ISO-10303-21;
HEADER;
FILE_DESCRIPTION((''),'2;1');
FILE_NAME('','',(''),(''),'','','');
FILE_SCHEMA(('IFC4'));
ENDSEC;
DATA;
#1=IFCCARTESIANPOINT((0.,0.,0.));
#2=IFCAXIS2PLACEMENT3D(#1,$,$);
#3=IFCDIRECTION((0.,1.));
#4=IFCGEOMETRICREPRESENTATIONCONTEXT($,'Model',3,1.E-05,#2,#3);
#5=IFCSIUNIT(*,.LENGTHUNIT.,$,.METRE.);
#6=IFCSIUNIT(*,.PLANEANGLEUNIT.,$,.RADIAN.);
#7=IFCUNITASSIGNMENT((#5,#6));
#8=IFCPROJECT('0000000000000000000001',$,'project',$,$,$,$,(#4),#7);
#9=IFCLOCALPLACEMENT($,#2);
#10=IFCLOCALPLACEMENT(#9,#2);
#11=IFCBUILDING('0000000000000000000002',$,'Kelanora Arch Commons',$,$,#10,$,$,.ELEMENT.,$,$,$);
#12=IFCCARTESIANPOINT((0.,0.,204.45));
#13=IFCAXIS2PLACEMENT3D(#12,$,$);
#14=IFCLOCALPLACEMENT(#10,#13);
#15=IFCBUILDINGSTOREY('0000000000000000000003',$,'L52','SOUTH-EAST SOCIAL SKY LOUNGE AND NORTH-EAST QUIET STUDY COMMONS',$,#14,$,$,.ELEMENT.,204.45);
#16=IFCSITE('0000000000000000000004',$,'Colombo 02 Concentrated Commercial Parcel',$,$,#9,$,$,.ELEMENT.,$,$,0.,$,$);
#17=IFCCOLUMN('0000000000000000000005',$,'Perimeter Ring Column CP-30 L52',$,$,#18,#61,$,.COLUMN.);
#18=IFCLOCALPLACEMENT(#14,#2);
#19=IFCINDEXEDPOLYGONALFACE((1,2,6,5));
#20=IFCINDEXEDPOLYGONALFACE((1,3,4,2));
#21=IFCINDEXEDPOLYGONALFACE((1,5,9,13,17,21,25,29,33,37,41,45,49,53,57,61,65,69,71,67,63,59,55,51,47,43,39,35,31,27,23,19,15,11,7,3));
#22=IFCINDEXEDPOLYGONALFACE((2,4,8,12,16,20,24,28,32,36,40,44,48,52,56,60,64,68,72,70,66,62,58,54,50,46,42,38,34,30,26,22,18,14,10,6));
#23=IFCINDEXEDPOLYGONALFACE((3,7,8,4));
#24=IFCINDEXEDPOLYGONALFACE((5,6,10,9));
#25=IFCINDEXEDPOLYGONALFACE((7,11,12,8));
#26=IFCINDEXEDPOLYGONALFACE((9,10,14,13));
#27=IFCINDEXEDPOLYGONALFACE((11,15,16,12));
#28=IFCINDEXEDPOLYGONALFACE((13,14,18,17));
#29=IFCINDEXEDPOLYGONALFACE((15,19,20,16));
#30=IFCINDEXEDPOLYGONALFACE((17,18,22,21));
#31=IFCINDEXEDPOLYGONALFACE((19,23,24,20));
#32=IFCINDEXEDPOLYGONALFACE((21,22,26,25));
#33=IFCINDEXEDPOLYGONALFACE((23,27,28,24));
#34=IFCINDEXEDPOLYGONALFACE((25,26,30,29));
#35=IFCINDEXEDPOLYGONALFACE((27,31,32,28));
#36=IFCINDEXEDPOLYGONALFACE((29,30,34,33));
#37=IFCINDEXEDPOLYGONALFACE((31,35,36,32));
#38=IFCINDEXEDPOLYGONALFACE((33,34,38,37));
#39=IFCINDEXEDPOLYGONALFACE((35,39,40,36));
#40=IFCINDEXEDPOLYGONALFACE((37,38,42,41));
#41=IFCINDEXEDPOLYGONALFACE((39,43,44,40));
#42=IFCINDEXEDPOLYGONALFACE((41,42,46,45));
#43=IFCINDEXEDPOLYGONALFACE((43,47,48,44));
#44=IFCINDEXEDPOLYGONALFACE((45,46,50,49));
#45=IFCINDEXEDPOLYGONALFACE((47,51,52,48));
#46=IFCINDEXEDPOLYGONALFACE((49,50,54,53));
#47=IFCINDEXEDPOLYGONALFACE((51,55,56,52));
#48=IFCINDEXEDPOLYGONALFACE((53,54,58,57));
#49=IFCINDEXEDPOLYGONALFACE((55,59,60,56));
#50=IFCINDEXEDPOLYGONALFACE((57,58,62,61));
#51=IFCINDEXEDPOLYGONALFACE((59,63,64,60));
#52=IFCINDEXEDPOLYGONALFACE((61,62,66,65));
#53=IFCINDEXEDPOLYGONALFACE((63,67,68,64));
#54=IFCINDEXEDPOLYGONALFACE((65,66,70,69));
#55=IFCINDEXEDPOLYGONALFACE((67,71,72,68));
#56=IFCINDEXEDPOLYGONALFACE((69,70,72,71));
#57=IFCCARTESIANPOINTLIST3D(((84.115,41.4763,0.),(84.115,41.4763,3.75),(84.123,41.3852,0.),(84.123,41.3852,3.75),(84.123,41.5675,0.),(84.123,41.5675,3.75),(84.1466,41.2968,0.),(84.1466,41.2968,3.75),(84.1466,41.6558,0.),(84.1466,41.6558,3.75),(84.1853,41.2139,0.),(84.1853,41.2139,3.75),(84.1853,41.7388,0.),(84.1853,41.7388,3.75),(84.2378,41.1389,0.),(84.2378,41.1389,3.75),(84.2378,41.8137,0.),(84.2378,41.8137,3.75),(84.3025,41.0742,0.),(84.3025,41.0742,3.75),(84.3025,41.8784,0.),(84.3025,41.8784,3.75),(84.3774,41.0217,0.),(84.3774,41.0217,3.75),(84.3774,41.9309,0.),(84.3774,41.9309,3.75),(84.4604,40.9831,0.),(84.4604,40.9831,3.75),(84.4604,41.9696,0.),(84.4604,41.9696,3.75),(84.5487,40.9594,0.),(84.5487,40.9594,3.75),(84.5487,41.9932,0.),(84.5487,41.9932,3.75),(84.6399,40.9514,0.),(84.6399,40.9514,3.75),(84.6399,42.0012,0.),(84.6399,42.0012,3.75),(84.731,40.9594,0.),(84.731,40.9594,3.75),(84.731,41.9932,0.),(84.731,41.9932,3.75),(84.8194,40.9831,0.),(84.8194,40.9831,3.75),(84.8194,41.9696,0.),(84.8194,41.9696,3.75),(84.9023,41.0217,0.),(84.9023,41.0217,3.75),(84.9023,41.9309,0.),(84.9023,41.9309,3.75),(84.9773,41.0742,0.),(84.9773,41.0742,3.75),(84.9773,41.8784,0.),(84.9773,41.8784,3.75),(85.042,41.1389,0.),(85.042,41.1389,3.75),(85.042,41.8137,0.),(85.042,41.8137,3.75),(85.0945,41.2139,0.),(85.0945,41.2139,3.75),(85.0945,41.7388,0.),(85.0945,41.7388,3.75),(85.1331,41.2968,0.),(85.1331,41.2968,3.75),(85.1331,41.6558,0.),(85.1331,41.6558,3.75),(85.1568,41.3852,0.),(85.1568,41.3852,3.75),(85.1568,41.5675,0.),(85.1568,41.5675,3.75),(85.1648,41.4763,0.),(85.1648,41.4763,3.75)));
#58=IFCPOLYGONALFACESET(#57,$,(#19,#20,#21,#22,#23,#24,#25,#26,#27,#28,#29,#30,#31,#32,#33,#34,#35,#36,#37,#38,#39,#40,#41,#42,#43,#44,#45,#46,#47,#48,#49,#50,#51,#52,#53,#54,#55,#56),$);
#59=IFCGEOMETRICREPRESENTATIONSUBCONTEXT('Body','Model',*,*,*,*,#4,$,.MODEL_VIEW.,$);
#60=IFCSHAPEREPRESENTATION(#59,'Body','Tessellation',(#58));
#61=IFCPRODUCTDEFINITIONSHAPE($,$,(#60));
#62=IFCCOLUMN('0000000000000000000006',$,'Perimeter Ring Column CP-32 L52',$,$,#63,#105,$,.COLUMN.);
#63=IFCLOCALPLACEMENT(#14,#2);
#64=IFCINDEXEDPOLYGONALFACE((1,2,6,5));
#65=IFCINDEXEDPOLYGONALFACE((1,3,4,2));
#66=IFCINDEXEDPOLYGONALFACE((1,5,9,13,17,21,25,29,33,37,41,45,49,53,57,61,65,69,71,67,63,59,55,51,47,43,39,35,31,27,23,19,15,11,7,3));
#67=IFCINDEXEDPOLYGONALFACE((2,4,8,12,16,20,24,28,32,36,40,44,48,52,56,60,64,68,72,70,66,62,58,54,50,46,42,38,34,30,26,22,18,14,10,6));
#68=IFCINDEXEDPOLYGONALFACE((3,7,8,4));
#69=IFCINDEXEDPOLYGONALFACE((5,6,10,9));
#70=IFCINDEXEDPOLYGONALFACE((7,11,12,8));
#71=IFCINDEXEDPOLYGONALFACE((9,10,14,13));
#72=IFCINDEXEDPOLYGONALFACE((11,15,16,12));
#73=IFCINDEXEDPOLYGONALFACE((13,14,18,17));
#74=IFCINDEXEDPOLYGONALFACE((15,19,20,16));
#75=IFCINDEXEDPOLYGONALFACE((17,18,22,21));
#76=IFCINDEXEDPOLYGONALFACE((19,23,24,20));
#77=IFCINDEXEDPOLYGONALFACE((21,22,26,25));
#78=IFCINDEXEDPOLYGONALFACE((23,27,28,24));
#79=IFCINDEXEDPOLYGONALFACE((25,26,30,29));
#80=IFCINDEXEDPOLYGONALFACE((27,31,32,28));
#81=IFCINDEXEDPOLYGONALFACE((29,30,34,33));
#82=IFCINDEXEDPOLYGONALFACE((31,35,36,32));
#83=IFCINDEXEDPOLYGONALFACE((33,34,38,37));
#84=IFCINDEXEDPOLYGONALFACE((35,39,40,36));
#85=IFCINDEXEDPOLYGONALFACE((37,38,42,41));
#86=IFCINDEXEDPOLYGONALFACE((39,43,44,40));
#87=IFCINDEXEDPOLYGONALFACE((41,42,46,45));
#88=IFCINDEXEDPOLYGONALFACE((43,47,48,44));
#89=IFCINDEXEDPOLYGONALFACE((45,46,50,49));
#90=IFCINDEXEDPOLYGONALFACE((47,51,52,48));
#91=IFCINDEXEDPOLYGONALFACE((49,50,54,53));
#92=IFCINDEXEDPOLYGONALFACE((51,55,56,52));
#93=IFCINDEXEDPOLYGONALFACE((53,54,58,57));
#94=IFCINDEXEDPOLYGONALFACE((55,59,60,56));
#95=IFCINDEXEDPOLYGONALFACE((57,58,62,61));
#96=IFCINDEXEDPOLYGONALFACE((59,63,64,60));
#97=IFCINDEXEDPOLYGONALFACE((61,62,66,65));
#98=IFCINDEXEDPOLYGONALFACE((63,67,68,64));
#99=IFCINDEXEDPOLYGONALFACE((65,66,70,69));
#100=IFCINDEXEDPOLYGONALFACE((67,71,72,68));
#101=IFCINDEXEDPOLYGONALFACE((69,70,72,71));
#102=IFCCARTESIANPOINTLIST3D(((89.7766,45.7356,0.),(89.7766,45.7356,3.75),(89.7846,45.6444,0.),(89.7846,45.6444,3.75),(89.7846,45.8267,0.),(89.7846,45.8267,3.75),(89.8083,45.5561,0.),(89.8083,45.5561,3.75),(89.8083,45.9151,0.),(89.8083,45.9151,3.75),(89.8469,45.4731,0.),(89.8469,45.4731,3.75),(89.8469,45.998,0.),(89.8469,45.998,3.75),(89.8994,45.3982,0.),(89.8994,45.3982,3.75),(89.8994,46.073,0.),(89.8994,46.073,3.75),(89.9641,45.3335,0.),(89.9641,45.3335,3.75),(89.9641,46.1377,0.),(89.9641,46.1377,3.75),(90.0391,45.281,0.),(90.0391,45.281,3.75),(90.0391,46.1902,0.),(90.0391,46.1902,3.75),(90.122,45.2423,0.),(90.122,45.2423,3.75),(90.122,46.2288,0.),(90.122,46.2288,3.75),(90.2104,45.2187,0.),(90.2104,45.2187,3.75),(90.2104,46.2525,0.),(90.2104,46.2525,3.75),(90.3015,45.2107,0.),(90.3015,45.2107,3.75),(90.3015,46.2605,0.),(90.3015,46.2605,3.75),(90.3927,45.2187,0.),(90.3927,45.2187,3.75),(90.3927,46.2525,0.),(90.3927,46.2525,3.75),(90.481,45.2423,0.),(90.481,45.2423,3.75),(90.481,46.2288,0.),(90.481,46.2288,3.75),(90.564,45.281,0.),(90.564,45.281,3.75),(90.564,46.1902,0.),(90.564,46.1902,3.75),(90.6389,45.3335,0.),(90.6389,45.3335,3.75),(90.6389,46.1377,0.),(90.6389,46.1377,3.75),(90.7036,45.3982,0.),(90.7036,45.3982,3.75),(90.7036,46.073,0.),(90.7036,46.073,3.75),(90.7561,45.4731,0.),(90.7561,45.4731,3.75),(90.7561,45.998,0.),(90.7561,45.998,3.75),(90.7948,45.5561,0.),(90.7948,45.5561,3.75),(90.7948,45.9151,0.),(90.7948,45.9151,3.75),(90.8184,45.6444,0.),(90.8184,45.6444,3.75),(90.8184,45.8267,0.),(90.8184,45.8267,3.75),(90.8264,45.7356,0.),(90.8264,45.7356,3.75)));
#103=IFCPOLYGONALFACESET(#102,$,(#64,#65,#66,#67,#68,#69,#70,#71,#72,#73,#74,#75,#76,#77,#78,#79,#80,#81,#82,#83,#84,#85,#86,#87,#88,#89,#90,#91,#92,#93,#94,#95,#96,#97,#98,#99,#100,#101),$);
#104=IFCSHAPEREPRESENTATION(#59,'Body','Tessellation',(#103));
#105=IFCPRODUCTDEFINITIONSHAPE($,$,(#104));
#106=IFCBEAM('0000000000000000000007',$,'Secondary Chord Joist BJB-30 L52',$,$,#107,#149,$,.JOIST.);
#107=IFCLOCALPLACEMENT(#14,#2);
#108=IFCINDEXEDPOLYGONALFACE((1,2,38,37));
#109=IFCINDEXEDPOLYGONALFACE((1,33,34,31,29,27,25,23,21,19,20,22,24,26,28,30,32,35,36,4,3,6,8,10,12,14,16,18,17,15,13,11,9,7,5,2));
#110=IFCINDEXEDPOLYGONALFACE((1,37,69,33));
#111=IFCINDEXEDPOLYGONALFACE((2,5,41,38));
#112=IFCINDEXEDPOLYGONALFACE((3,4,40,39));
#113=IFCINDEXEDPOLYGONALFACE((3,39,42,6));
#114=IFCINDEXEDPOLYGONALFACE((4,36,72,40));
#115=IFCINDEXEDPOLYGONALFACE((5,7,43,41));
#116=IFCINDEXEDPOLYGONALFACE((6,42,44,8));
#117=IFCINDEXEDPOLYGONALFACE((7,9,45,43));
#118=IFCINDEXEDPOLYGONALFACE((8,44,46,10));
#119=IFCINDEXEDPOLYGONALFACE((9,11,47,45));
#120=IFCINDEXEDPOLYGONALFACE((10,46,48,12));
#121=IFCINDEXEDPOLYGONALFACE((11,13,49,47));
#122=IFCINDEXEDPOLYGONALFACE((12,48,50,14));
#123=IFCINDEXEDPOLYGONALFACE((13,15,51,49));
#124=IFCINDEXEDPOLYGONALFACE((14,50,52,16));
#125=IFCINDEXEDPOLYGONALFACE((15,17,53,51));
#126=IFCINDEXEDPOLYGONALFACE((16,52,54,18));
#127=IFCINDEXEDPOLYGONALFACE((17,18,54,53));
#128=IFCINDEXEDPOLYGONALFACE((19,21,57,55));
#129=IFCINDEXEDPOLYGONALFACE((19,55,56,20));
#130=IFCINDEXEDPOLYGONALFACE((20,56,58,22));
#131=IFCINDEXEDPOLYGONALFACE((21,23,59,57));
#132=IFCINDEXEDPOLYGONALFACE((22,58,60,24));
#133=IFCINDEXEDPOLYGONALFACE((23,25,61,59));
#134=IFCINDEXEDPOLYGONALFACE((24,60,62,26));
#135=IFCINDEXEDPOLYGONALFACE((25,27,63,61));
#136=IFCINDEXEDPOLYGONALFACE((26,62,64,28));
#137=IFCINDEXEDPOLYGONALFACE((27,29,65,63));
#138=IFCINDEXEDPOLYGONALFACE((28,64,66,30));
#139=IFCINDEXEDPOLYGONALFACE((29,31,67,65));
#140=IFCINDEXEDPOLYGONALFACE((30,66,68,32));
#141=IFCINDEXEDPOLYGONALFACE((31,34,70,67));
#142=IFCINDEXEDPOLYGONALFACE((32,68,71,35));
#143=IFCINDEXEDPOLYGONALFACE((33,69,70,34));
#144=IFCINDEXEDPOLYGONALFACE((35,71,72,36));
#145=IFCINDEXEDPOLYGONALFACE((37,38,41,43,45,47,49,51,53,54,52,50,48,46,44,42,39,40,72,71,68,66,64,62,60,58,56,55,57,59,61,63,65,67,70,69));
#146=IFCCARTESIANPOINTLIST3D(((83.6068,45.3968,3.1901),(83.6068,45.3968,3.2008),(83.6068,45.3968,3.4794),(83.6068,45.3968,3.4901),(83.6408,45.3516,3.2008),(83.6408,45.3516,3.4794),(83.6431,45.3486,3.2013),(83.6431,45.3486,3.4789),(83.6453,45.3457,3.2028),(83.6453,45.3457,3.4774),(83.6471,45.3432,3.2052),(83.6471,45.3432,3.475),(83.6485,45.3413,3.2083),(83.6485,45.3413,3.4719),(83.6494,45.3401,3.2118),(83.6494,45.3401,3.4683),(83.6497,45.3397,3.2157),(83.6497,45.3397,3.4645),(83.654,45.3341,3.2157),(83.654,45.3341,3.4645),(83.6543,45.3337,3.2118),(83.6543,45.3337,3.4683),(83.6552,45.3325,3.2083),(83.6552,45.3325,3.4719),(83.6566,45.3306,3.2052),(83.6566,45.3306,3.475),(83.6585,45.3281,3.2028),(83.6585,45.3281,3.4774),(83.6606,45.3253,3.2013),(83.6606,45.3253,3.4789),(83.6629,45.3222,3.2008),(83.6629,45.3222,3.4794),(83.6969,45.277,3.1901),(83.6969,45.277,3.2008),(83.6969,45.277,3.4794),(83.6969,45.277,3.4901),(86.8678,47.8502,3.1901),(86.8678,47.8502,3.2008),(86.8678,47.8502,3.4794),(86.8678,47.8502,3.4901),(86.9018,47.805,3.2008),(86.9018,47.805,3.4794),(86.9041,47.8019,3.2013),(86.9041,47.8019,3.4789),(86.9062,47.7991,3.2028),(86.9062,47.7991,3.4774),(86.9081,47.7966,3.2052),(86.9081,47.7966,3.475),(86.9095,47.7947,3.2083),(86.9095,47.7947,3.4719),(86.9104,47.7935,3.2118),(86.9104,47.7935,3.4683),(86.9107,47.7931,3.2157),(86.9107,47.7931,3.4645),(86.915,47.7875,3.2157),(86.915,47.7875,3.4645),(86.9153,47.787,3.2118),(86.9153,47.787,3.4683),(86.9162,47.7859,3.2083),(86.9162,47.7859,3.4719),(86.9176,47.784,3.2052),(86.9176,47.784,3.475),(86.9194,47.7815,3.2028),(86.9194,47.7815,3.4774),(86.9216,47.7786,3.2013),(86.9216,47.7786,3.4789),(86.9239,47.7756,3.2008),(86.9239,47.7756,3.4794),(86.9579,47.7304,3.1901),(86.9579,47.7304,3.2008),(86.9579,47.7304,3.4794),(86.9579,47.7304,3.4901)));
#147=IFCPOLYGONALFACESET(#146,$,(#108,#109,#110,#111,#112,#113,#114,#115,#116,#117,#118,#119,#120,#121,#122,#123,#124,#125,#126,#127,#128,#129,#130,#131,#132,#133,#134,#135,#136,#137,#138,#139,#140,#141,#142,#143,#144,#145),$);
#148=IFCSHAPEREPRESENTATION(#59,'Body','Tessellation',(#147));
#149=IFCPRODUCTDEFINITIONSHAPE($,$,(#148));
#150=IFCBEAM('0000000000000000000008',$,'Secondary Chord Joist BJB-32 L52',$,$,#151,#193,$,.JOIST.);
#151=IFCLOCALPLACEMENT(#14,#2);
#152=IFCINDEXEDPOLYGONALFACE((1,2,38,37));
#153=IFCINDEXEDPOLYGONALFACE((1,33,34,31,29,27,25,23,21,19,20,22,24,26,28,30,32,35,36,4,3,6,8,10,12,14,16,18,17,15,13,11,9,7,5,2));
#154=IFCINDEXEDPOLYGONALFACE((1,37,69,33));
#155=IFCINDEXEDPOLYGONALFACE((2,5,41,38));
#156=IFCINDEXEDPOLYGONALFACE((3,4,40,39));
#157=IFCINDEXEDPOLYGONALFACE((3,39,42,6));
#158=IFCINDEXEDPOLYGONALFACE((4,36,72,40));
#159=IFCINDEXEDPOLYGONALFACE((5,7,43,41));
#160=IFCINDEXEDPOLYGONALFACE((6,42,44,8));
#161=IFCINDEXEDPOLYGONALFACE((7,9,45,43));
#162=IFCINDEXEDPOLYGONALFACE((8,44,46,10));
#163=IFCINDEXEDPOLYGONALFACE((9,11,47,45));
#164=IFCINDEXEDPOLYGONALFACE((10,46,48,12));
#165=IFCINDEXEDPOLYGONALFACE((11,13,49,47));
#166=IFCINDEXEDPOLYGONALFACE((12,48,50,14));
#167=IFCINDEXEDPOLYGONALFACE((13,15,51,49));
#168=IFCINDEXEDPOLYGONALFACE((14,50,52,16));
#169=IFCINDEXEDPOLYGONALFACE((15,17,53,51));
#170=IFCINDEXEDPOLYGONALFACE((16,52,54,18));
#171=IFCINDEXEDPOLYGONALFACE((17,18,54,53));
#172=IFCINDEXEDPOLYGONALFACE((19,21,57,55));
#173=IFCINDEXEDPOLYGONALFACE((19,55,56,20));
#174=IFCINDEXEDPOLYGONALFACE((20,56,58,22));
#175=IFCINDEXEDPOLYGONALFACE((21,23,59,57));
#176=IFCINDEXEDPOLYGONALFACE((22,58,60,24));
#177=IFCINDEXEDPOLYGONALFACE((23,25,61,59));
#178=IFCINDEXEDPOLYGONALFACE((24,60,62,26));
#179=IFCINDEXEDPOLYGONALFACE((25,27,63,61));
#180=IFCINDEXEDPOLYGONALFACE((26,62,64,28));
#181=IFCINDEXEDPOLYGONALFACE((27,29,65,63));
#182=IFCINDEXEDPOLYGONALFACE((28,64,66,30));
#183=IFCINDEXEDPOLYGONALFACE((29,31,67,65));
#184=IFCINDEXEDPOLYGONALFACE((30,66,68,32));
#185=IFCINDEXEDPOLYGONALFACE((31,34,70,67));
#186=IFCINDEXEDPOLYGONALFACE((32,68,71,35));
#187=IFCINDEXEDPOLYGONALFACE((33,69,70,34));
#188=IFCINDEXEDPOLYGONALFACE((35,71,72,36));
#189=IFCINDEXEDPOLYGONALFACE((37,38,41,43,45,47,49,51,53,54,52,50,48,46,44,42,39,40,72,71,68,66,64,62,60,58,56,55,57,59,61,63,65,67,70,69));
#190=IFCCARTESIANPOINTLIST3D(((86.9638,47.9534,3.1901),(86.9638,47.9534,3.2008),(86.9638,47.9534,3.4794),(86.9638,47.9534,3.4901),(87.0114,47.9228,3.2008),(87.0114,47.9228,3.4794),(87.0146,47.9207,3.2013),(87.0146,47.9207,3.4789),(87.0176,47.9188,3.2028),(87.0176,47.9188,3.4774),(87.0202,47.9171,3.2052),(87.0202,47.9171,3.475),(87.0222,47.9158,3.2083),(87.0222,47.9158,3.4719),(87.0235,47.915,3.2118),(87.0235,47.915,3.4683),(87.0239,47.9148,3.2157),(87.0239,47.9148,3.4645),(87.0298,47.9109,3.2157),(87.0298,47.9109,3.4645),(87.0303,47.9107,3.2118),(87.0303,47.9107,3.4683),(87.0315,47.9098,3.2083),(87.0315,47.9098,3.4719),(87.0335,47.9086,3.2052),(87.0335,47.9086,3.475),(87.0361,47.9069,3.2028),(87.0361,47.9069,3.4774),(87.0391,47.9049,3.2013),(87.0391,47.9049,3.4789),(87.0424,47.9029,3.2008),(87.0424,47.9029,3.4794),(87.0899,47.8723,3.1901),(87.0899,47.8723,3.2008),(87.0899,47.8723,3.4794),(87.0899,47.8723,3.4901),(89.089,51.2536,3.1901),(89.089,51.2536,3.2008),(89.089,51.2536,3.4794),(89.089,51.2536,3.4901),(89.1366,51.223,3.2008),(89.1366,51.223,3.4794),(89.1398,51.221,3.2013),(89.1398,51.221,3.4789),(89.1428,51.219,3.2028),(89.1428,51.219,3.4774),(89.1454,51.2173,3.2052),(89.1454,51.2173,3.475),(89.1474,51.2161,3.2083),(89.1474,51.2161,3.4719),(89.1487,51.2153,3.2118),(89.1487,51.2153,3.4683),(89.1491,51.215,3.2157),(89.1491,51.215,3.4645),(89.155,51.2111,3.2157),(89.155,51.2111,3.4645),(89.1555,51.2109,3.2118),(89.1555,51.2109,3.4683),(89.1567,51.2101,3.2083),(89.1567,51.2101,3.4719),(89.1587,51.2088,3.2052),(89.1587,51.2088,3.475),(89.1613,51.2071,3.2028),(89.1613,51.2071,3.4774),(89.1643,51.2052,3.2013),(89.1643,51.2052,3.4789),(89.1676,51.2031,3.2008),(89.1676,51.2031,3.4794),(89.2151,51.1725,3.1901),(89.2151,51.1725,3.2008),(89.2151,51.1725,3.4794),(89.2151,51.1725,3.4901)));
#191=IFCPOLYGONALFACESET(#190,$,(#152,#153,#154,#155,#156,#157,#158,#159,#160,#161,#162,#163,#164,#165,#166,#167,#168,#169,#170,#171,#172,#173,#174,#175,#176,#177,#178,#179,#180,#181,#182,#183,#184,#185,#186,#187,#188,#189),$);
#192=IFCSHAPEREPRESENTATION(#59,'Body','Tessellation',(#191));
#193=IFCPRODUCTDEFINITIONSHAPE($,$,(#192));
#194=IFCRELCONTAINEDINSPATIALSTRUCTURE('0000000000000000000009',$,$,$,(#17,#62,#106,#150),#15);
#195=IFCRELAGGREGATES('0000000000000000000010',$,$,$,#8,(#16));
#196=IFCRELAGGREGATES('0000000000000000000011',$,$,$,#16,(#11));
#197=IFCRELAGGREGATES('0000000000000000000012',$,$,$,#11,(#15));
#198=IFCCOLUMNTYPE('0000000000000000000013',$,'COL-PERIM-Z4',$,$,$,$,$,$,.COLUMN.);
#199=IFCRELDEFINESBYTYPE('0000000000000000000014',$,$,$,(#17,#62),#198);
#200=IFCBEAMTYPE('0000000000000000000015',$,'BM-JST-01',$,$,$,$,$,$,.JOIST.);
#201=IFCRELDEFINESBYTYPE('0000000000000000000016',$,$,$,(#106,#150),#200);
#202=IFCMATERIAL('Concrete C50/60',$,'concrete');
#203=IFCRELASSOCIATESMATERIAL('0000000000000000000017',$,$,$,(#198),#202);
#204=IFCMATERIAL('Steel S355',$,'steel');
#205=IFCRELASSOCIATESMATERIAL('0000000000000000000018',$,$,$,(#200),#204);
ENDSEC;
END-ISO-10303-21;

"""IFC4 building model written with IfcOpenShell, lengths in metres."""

from ifc_helpers import new_model, si_unit, direction, frame, origin, origin_2d, place, context, subcontext, project, spatial, circle, i_section, extrude, material, material_profile, profile_set, type_object, element, save


model = new_model("IFC4")

# Units and contexts
model_context = context("Model", 3, precision=1e-05, world=origin(), true_north=direction((0.0, 1.0)))
body_context = subcontext(model_context, "Body", "Model", "MODEL_VIEW")
ifc_project = project(units=[si_unit("LENGTHUNIT", "METRE"), si_unit("PLANEANGLEUNIT", "RADIAN")], contexts=[model_context])

# Site, building, storey
site_placement = place(None, origin())
site = spatial("IfcSite", under=ifc_project, at=site_placement, Name="Colombo 02 Concentrated Commercial Parcel", CompositionType="ELEMENT", RefElevation=0.0)
building_placement = place(site_placement, origin())
building = spatial("IfcBuilding", under=site, at=building_placement, Name="Kelanora Arch Commons", CompositionType="ELEMENT")
storey_placement = place(building_placement, frame((0.0, 0.0, 204.45)))
storey = spatial("IfcBuildingStorey", under=building, at=storey_placement, Name="L52", Description="SOUTH-EAST SOCIAL SKY LOUNGE AND NORTH-EAST QUIET STUDY COMMONS", CompositionType="ELEMENT", Elevation=204.45)

# Columns
ifc_material_1 = material(Name="Concrete C50/60", Category="concrete")
ifc_material_profile_1 = material_profile(ifc_material_1, circle(Radius=0.5249, at=origin_2d()), Name="RCC1050")
ifc_profile_set_1 = profile_set([ifc_material_profile_1], Name="Concrete C50/60")
column_type = type_object("IfcColumnType", Name="COL-PERIM-Z4", PredefinedType="COLUMN", material=ifc_profile_set_1)
for number, where, z_axis, x_axis, name in (
    (1, (84.6399, 41.4763, 0.0), (0.0, 0.0, 1.0), (1.0, 0.0, 0.0), "Perimeter Ring Column CP-30 L52"),
    (2, (90.3015, 45.7356, 0.0), (0.0, 0.0, 1.0), (1.0, 0.0, 0.0), "Perimeter Ring Column CP-32 L52"),
):
    element("IfcColumn", number, at=place(storey_placement, frame(where, z_axis=z_axis, x_axis=x_axis)), inside=storey, type_object=column_type, Name=name, PredefinedType="COLUMN", context=body_context, shape_type="SweptSolid", body=[
        extrude(circle(Radius=0.5249, at=origin_2d()), origin(), (0.0, 0.0, 1.0), 3.75),
    ])

# Beams
ifc_material_2 = material(Name="Steel S355", Category="steel")
ifc_material_profile_2 = material_profile(ifc_material_2, i_section(OverallWidth=0.1499, OverallDepth=0.3, WebThickness=0.0071, FlangeThickness=0.0107, FilletRadius=0.0149, at=origin_2d()), Name="IPE300")
ifc_profile_set_2 = profile_set([ifc_material_profile_2], Name="Steel S355")
beam_type_1 = type_object("IfcBeamType", Name="BM-JST-01", PredefinedType="JOIST", material=ifc_profile_set_2)
beam_1_placement = place(storey_placement, frame((83.6519, 45.3369, 3.3401), z_axis=(0.799102, 0.601196, 0.0), x_axis=(-0.601196, 0.799102, 0.0)))
element("IfcBeam", 3, at=beam_1_placement, inside=storey, type_object=beam_type_1, Name="Secondary Chord Joist BJB-30 L52", PredefinedType="JOIST", context=body_context, shape_type="SweptSolid", body=[
    extrude(i_section(OverallWidth=0.1499, OverallDepth=0.3, WebThickness=0.0071, FlangeThickness=0.0107, FilletRadius=0.0149, at=origin_2d()), origin(), (0.0, 0.0, 1.0), 4.0808),
])
beam_2_placement = place(storey_placement, frame((87.0269, 47.9128, 3.3401), z_axis=(0.541411, 0.840758, 0.0), x_axis=(-0.840758, 0.541411, 0.0)))
element("IfcBeam", 4, at=beam_2_placement, inside=storey, type_object=beam_type_1, Name="Secondary Chord Joist BJB-32 L52", PredefinedType="JOIST", context=body_context, shape_type="SweptSolid", body=[
    extrude(i_section(OverallWidth=0.1499, OverallDepth=0.3, WebThickness=0.0071, FlangeThickness=0.0107, FilletRadius=0.0149, at=origin_2d()), origin(), (0.0, 0.0, 1.0), 3.9253),
])

save(model, "model.ifc")
